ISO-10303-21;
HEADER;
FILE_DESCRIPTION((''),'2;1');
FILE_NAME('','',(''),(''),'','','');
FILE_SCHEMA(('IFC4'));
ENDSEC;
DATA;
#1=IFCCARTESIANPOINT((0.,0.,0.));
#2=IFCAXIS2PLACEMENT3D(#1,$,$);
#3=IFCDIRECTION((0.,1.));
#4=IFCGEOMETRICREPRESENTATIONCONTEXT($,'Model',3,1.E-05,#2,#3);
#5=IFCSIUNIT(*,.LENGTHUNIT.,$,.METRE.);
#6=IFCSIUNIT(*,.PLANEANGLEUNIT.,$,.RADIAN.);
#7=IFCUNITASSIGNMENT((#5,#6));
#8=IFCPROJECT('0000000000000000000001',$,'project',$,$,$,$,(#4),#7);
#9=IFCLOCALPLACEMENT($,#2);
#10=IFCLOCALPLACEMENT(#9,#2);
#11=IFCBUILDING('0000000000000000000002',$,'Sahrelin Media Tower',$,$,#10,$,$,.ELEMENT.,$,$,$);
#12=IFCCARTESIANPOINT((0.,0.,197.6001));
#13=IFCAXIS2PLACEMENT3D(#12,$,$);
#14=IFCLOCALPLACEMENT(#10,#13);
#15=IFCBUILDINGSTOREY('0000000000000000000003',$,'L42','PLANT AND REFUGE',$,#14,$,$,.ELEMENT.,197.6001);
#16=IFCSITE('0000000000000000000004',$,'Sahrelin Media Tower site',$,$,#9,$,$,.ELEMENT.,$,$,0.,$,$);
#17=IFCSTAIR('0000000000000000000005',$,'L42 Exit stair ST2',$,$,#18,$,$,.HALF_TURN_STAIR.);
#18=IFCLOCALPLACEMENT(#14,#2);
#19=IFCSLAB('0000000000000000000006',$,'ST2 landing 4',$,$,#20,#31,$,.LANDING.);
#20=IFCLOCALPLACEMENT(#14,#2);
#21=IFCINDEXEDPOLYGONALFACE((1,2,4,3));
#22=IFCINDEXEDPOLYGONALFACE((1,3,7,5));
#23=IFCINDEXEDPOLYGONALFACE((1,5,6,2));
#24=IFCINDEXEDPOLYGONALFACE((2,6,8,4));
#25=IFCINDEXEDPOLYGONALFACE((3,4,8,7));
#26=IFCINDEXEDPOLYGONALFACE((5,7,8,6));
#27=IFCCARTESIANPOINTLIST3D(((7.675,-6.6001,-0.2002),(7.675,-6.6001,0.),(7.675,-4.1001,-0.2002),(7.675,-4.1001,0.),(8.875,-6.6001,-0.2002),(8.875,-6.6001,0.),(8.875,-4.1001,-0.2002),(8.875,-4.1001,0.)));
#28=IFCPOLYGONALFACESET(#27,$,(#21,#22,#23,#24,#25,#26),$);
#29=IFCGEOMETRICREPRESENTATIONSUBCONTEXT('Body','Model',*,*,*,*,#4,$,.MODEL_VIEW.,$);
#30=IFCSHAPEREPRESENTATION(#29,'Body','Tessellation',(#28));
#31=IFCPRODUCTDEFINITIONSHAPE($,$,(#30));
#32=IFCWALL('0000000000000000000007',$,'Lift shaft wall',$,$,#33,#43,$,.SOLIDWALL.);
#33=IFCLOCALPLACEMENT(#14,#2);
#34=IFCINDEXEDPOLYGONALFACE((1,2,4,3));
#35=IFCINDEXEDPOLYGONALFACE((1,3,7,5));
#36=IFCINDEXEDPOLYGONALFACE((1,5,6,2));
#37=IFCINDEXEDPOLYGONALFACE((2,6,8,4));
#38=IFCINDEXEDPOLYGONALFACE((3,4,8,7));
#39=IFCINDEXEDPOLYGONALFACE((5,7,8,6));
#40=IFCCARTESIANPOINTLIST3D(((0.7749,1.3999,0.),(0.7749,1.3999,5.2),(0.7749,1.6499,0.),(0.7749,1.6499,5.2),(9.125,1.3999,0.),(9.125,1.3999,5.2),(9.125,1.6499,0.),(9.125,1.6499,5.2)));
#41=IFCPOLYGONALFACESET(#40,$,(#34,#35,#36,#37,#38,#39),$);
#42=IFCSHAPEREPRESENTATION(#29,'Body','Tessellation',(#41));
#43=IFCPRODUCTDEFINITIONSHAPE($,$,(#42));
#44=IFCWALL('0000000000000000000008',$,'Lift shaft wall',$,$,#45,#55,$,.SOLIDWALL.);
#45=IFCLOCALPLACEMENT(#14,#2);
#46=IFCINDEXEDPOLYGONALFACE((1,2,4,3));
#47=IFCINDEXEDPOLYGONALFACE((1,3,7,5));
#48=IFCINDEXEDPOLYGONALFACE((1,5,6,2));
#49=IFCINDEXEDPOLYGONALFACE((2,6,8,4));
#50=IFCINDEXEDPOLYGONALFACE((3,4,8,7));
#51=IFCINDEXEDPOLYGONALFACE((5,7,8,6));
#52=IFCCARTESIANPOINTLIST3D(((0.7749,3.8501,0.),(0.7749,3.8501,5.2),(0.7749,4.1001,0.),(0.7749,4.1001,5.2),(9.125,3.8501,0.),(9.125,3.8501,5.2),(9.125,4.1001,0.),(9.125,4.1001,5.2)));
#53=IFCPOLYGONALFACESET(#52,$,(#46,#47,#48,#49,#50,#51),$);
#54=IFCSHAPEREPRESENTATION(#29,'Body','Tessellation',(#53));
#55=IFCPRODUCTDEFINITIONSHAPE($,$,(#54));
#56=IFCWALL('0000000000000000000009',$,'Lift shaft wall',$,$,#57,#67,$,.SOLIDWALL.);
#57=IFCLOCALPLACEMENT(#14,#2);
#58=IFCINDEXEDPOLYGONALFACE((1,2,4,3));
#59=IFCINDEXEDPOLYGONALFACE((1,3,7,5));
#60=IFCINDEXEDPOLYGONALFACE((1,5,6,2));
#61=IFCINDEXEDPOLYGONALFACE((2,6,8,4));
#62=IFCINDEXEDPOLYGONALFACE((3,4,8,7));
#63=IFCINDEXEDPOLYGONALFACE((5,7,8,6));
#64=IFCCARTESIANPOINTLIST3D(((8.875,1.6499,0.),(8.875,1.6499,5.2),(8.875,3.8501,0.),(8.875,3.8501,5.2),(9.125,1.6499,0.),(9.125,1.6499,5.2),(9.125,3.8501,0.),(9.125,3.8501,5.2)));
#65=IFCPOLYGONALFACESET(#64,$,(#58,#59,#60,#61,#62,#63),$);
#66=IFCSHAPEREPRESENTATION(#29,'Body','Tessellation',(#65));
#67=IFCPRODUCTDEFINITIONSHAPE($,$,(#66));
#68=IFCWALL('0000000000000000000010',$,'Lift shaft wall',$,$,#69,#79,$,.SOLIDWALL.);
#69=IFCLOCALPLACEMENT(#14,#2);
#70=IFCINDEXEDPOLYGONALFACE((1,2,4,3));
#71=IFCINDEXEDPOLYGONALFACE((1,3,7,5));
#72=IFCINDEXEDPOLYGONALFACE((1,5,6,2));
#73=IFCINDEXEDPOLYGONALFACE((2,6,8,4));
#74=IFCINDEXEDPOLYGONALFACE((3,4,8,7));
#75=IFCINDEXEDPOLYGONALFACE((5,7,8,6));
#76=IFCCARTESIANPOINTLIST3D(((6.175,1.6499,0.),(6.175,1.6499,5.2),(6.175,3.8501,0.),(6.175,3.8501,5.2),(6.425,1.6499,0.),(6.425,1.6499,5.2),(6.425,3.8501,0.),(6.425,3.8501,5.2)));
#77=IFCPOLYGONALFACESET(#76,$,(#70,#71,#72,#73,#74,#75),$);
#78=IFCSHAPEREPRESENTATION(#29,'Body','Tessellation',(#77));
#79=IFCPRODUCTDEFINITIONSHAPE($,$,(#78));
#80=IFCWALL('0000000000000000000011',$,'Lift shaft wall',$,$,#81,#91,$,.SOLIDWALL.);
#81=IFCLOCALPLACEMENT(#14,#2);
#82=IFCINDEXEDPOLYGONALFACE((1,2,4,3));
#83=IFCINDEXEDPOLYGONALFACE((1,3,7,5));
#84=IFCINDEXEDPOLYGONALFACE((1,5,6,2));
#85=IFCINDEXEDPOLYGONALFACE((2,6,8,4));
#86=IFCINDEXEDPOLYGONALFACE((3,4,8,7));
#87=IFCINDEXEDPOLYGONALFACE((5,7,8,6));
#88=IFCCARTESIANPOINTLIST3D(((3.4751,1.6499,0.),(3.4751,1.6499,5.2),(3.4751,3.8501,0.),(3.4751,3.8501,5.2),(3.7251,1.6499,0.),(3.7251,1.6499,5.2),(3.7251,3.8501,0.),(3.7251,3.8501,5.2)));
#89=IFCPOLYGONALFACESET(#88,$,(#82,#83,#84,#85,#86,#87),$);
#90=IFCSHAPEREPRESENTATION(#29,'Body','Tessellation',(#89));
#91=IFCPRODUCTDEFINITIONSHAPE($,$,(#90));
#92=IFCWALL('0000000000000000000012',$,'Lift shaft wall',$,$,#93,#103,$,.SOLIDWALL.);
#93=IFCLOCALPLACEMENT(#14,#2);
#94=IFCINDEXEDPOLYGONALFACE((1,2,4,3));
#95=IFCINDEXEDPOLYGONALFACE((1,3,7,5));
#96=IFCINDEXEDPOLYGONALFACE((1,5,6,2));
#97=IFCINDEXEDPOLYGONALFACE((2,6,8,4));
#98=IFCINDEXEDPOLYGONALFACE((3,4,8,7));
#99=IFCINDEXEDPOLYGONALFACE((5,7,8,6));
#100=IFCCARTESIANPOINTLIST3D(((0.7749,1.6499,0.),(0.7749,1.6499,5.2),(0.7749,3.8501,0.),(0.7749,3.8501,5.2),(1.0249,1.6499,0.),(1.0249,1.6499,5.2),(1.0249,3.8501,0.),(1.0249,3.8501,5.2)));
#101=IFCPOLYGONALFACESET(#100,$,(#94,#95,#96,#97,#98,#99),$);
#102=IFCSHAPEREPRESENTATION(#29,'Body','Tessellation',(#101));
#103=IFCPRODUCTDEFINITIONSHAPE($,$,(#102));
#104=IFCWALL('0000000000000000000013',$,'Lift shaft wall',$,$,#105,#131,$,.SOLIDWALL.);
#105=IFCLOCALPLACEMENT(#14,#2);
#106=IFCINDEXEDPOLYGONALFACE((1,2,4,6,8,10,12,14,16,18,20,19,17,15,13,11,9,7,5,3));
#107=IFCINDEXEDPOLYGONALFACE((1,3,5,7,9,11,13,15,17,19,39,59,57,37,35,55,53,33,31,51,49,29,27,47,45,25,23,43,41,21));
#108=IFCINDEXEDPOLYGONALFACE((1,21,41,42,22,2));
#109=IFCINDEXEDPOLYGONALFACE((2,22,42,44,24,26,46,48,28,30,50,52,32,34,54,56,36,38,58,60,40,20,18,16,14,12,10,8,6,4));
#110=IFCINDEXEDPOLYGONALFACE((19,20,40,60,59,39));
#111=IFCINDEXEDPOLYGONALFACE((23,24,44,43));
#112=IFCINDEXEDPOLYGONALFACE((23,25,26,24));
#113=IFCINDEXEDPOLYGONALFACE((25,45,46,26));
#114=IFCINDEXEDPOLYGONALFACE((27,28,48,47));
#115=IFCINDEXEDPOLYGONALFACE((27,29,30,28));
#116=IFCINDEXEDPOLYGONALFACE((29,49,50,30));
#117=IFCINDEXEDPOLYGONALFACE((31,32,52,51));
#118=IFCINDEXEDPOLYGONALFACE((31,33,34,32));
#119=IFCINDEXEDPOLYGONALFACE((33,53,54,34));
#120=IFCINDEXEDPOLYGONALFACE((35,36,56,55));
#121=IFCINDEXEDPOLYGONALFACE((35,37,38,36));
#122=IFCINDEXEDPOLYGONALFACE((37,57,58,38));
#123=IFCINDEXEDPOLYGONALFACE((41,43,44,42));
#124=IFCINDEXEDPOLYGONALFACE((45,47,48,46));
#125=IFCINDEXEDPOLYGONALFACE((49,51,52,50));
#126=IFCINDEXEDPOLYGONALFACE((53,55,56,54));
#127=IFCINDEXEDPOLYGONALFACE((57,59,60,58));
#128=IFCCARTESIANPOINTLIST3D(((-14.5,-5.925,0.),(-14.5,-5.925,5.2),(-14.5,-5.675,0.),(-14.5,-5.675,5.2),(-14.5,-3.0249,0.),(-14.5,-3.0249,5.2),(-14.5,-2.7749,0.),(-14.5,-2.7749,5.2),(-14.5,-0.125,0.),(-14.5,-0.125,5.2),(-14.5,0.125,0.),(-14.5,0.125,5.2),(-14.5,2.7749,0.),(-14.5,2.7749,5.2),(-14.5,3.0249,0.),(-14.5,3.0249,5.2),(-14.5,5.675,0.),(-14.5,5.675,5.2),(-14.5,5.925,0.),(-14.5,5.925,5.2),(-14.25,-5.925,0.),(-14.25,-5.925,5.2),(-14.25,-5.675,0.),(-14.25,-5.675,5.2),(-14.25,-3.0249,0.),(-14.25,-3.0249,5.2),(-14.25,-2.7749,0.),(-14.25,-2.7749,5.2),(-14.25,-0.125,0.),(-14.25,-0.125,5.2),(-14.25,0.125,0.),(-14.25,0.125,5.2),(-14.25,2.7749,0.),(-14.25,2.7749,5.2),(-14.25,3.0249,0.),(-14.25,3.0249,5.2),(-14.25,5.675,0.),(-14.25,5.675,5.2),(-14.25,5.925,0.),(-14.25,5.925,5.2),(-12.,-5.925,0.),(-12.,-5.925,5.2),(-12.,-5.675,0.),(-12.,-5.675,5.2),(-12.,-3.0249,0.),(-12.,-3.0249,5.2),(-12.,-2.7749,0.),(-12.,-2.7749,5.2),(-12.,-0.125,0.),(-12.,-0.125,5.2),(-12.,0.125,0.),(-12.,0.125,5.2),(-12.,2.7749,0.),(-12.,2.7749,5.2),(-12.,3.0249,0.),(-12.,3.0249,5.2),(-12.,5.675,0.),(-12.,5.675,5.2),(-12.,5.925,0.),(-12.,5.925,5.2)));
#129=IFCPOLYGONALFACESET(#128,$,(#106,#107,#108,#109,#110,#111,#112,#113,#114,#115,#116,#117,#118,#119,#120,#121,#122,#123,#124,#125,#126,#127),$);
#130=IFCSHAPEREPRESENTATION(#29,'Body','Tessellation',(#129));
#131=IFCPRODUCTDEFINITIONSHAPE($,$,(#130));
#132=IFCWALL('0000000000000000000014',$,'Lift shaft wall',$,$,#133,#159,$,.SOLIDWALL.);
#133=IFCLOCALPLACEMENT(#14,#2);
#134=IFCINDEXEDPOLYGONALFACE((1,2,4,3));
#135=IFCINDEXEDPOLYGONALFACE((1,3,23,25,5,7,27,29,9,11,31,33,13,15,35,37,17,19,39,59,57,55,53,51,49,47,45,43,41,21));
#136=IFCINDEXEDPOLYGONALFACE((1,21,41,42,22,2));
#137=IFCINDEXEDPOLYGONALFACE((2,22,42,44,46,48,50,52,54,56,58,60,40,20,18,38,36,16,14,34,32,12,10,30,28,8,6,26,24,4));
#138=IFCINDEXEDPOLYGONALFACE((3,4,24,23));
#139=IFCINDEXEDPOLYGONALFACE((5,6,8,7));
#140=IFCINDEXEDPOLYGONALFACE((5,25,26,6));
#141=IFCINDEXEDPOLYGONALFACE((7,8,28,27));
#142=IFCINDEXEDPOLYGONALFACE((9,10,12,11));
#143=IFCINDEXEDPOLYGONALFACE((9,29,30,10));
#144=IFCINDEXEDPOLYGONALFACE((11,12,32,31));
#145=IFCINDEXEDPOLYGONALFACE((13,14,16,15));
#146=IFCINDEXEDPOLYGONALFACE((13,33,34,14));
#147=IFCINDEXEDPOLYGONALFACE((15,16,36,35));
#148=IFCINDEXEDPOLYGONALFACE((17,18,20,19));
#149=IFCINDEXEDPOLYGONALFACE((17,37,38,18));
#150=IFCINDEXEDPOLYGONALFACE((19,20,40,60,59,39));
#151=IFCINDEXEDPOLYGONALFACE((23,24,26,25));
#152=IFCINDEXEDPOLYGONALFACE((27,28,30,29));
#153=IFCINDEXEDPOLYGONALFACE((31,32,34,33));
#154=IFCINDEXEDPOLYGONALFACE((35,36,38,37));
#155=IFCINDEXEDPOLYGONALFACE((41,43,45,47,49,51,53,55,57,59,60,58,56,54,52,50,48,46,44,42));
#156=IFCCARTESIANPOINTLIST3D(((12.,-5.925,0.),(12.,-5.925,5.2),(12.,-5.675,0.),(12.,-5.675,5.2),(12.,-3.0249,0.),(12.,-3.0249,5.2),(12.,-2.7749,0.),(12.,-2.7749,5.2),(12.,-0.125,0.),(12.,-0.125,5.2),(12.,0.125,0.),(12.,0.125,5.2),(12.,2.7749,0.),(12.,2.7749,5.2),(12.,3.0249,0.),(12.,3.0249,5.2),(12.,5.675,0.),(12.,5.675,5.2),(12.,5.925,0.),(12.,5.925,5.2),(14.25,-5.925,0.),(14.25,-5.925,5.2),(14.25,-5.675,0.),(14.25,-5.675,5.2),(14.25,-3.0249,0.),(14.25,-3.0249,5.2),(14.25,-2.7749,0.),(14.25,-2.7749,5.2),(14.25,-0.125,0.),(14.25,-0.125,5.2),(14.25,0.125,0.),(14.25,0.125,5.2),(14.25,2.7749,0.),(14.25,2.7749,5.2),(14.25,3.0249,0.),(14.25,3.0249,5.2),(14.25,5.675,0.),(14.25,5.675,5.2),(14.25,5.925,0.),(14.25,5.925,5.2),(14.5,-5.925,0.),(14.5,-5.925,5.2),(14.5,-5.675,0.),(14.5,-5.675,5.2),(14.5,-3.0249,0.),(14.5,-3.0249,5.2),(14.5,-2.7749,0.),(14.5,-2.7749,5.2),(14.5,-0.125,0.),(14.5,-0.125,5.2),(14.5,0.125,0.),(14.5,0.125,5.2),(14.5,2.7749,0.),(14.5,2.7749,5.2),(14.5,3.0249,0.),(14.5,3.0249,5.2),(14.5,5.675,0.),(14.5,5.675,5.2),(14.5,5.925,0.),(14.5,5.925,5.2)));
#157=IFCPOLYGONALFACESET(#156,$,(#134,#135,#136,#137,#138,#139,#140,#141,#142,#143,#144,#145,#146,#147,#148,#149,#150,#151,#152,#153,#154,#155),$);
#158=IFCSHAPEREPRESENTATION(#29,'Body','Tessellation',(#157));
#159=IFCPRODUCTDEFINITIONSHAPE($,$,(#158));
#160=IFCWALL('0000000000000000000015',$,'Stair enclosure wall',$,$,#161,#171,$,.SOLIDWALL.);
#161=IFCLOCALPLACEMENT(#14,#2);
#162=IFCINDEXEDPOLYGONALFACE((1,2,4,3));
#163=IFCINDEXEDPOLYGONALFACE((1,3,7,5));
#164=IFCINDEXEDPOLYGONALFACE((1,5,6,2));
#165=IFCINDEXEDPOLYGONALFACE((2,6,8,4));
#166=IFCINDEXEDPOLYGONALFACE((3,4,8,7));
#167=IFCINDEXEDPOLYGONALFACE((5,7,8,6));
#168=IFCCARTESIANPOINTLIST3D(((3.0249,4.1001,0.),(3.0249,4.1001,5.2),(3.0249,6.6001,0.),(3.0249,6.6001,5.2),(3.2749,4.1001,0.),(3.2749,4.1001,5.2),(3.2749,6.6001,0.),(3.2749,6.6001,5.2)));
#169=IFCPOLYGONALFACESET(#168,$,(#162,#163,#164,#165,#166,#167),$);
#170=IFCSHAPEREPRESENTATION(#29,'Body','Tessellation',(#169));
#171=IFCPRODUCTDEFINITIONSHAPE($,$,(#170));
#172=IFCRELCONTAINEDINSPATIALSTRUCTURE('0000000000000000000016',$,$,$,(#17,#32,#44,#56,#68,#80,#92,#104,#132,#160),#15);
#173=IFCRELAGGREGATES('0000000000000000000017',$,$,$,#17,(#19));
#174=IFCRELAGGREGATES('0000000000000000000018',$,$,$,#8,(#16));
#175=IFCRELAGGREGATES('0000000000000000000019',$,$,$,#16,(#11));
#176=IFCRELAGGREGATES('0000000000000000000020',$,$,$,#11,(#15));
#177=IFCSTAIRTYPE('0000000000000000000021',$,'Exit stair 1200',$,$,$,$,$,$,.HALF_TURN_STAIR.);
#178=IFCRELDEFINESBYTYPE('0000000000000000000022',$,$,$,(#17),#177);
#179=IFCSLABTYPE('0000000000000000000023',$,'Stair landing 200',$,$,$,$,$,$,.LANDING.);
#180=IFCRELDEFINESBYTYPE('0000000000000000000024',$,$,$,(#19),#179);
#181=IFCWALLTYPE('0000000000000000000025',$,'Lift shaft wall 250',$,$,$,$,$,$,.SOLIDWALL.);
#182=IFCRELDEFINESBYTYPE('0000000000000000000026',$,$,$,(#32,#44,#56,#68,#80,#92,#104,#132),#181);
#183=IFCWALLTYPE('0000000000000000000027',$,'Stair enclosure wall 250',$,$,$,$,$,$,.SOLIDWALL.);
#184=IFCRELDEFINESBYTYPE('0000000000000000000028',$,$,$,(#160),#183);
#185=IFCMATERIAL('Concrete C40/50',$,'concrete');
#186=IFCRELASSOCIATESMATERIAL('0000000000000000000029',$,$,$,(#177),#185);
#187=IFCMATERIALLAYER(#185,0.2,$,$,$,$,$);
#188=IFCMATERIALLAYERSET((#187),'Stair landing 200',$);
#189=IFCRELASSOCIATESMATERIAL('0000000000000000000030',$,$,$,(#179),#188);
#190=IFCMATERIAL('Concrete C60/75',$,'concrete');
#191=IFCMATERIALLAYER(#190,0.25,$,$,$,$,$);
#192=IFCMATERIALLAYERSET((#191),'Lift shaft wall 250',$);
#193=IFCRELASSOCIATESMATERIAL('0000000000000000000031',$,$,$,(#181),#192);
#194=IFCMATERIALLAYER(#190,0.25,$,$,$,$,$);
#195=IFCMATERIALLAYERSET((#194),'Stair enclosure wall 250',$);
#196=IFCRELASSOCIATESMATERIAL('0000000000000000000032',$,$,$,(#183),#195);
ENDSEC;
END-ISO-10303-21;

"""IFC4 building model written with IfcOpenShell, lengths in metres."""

from ifc_helpers import new_model, si_unit, direction, frame, frame_2d, origin, place, context, subcontext, project, spatial, polyline, rectangle, outline, extrude, material, layer, layer_set, type_object, element, aggregate, save


model = new_model("IFC4")

# Units and contexts
model_context = context("Model", 3, precision=1e-05, world=origin(), true_north=direction((0.0, 1.0)))
body_context = subcontext(model_context, "Body", "Model", "MODEL_VIEW")
ifc_project = project(units=[si_unit("LENGTHUNIT", "METRE"), si_unit("PLANEANGLEUNIT", "RADIAN")], contexts=[model_context])

# Site, building, storey
site_placement = place(None, origin())
site = spatial("IfcSite", under=ifc_project, at=site_placement, Name="Sahrelin Media Tower site", CompositionType="ELEMENT", RefElevation=0.0)
building_placement = place(site_placement, origin())
building = spatial("IfcBuilding", under=site, at=building_placement, Name="Sahrelin Media Tower", CompositionType="ELEMENT")
storey_placement = place(building_placement, frame((0.0, 0.0, 197.6001)))
storey = spatial("IfcBuildingStorey", under=building, at=storey_placement, Name="L42", Description="PLANT AND REFUGE", CompositionType="ELEMENT", Elevation=197.6001)

# Shared definitions
ifc_material_1 = material(Name="Concrete C40/50", Category="concrete")

# Stair, slab
stair_type = type_object("IfcStairType", Name="Exit stair 1200", PredefinedType="HALF_TURN_STAIR", material=ifc_material_1)
placement_1 = place(storey_placement, origin())
ifc_layer_1 = layer(ifc_material_1, 0.2)
ifc_layer_set_1 = layer_set([ifc_layer_1], Name="Stair landing 200")
slab_type_1 = type_object("IfcSlabType", Name="Stair landing 200", PredefinedType="LANDING", material=ifc_layer_set_1)
placement_2 = place(storey_placement, frame((0.0, 0.0, -0.2002)))
stair_1 = element("IfcStair", 1, at=placement_1, inside=storey, type_object=stair_type, Name="L42 Exit stair ST2", PredefinedType="HALF_TURN_STAIR")
slab_1 = element("IfcSlab", 2, at=placement_2, type_object=slab_type_1, Name="ST2 landing 4", PredefinedType="LANDING", context=body_context, shape_type="SweptSolid", body=[
    extrude(outline(polyline([(8.875, -4.1001), (7.675, -4.1001), (7.675, -6.6001), (8.875, -6.6001), (8.875, -4.1001)])), origin(), (0.0, 0.0, 1.0), 0.2002),
])
aggregate(stair_1, [slab_1])

# Walls
ifc_material_2 = material(Name="Concrete C60/75", Category="concrete")
ifc_layer_2 = layer(ifc_material_2, 0.25)
ifc_layer_set_2 = layer_set([ifc_layer_2], Name="Lift shaft wall 250")
wall_type_1 = type_object("IfcWallType", Name="Lift shaft wall 250", PredefinedType="SOLIDWALL", material=ifc_layer_set_2)
for number, where, z_axis, x_axis, name in (
    (3, (0.7749, 1.5249, 0.0), (0.0, 0.0, 1.0), (1.0, 0.0, 0.0), "Lift shaft wall"),
    (4, (0.7749, 3.9751, 0.0), (0.0, 0.0, 1.0), (1.0, 0.0, 0.0), "Lift shaft wall"),
):
    element("IfcWall", number, at=place(storey_placement, frame(where, z_axis=z_axis, x_axis=x_axis)), inside=storey, type_object=wall_type_1, Name=name, PredefinedType="SOLIDWALL", context=body_context, shape_type="SweptSolid", body=[
        extrude(rectangle(XDim=8.3501, YDim=0.25, at=frame_2d((4.175, 0.0))), origin(), (0.0, 0.0, 1.0), 5.2),
    ])
for number, where, z_axis, x_axis, name in (
    (5, (9.0, 1.6499, 0.0), (0.0, 0.0, 1.0), (0.0, 1.0, 0.0), "Lift shaft wall"),
    (6, (6.3, 1.6499, 0.0), (0.0, 0.0, 1.0), (0.0, 1.0, 0.0), "Lift shaft wall"),
    (7, (3.6001, 1.6499, 0.0), (0.0, 0.0, 1.0), (0.0, 1.0, 0.0), "Lift shaft wall"),
    (8, (0.8999, 1.6499, 0.0), (0.0, 0.0, 1.0), (0.0, 1.0, 0.0), "Lift shaft wall"),
):
    element("IfcWall", number, at=place(storey_placement, frame(where, z_axis=z_axis, x_axis=x_axis)), inside=storey, type_object=wall_type_1, Name=name, PredefinedType="SOLIDWALL", context=body_context, shape_type="SweptSolid", body=[
        extrude(rectangle(XDim=2.2002, YDim=0.25, at=frame_2d((1.1001, 0.0))), origin(), (0.0, 0.0, 1.0), 5.2),
    ])
element("IfcWall", 9, at=placement_1, inside=storey, type_object=wall_type_1, Name="Lift shaft wall", PredefinedType="SOLIDWALL", context=body_context, shape_type="SweptSolid", body=[
    extrude(outline(polyline([(-12.0, -5.925), (-12.0, -5.675), (-14.25, -5.675), (-14.25, -3.0249), (-12.0, -3.0249), (-12.0, -2.7749), (-14.25, -2.7749), (-14.25, -0.125), (-12.0, -0.125), (-12.0, 0.125), (-14.25, 0.125), (-14.25, 2.7749), (-12.0, 2.7749), (-12.0, 3.0249), (-14.25, 3.0249), (-14.25, 5.675), (-12.0, 5.675), (-12.0, 5.925), (-14.25, 5.925), (-14.5, 5.925), (-14.5, 5.675), (-14.5, 3.0249), (-14.5, 2.7749), (-14.5, 0.125), (-14.5, -0.125), (-14.5, -2.7749), (-14.5, -3.0249), (-14.5, -5.675), (-14.5, -5.925), (-14.25, -5.925), (-12.0, -5.925)])), origin(), (0.0, 0.0, 1.0), 5.2),
])
element("IfcWall", 10, at=placement_1, inside=storey, type_object=wall_type_1, Name="Lift shaft wall", PredefinedType="SOLIDWALL", context=body_context, shape_type="SweptSolid", body=[
    extrude(outline(polyline([(12.0, -5.675), (12.0, -5.925), (14.25, -5.925), (14.5, -5.925), (14.5, -5.675), (14.5, -3.0249), (14.5, -2.7749), (14.5, -0.125), (14.5, 0.125), (14.5, 2.7749), (14.5, 3.0249), (14.5, 5.675), (14.5, 5.925), (14.25, 5.925), (12.0, 5.925), (12.0, 5.675), (14.25, 5.675), (14.25, 3.0249), (12.0, 3.0249), (12.0, 2.7749), (14.25, 2.7749), (14.25, 0.125), (12.0, 0.125), (12.0, -0.125), (14.25, -0.125), (14.25, -2.7749), (12.0, -2.7749), (12.0, -3.0249), (14.25, -3.0249), (14.25, -5.675), (12.0, -5.675)])), origin(), (0.0, 0.0, 1.0), 5.2),
])
ifc_layer_3 = layer(ifc_material_2, 0.25)
ifc_layer_set_3 = layer_set([ifc_layer_3], Name="Stair enclosure wall 250")
wall_type_2 = type_object("IfcWallType", Name="Stair enclosure wall 250", PredefinedType="SOLIDWALL", material=ifc_layer_set_3)
wall_1_placement = place(storey_placement, frame((3.1499, 4.1001, 0.0), z_axis=(0.0, 0.0, 1.0), x_axis=(0.0, 1.0, 0.0)))
element("IfcWall", 11, at=wall_1_placement, inside=storey, type_object=wall_type_2, Name="Stair enclosure wall", PredefinedType="SOLIDWALL", context=body_context, shape_type="SweptSolid", body=[
    extrude(rectangle(XDim=2.5, YDim=0.25, at=frame_2d((1.25, 0.0))), origin(), (0.0, 0.0, 1.0), 5.2),
])

save(model, "model.ifc")
